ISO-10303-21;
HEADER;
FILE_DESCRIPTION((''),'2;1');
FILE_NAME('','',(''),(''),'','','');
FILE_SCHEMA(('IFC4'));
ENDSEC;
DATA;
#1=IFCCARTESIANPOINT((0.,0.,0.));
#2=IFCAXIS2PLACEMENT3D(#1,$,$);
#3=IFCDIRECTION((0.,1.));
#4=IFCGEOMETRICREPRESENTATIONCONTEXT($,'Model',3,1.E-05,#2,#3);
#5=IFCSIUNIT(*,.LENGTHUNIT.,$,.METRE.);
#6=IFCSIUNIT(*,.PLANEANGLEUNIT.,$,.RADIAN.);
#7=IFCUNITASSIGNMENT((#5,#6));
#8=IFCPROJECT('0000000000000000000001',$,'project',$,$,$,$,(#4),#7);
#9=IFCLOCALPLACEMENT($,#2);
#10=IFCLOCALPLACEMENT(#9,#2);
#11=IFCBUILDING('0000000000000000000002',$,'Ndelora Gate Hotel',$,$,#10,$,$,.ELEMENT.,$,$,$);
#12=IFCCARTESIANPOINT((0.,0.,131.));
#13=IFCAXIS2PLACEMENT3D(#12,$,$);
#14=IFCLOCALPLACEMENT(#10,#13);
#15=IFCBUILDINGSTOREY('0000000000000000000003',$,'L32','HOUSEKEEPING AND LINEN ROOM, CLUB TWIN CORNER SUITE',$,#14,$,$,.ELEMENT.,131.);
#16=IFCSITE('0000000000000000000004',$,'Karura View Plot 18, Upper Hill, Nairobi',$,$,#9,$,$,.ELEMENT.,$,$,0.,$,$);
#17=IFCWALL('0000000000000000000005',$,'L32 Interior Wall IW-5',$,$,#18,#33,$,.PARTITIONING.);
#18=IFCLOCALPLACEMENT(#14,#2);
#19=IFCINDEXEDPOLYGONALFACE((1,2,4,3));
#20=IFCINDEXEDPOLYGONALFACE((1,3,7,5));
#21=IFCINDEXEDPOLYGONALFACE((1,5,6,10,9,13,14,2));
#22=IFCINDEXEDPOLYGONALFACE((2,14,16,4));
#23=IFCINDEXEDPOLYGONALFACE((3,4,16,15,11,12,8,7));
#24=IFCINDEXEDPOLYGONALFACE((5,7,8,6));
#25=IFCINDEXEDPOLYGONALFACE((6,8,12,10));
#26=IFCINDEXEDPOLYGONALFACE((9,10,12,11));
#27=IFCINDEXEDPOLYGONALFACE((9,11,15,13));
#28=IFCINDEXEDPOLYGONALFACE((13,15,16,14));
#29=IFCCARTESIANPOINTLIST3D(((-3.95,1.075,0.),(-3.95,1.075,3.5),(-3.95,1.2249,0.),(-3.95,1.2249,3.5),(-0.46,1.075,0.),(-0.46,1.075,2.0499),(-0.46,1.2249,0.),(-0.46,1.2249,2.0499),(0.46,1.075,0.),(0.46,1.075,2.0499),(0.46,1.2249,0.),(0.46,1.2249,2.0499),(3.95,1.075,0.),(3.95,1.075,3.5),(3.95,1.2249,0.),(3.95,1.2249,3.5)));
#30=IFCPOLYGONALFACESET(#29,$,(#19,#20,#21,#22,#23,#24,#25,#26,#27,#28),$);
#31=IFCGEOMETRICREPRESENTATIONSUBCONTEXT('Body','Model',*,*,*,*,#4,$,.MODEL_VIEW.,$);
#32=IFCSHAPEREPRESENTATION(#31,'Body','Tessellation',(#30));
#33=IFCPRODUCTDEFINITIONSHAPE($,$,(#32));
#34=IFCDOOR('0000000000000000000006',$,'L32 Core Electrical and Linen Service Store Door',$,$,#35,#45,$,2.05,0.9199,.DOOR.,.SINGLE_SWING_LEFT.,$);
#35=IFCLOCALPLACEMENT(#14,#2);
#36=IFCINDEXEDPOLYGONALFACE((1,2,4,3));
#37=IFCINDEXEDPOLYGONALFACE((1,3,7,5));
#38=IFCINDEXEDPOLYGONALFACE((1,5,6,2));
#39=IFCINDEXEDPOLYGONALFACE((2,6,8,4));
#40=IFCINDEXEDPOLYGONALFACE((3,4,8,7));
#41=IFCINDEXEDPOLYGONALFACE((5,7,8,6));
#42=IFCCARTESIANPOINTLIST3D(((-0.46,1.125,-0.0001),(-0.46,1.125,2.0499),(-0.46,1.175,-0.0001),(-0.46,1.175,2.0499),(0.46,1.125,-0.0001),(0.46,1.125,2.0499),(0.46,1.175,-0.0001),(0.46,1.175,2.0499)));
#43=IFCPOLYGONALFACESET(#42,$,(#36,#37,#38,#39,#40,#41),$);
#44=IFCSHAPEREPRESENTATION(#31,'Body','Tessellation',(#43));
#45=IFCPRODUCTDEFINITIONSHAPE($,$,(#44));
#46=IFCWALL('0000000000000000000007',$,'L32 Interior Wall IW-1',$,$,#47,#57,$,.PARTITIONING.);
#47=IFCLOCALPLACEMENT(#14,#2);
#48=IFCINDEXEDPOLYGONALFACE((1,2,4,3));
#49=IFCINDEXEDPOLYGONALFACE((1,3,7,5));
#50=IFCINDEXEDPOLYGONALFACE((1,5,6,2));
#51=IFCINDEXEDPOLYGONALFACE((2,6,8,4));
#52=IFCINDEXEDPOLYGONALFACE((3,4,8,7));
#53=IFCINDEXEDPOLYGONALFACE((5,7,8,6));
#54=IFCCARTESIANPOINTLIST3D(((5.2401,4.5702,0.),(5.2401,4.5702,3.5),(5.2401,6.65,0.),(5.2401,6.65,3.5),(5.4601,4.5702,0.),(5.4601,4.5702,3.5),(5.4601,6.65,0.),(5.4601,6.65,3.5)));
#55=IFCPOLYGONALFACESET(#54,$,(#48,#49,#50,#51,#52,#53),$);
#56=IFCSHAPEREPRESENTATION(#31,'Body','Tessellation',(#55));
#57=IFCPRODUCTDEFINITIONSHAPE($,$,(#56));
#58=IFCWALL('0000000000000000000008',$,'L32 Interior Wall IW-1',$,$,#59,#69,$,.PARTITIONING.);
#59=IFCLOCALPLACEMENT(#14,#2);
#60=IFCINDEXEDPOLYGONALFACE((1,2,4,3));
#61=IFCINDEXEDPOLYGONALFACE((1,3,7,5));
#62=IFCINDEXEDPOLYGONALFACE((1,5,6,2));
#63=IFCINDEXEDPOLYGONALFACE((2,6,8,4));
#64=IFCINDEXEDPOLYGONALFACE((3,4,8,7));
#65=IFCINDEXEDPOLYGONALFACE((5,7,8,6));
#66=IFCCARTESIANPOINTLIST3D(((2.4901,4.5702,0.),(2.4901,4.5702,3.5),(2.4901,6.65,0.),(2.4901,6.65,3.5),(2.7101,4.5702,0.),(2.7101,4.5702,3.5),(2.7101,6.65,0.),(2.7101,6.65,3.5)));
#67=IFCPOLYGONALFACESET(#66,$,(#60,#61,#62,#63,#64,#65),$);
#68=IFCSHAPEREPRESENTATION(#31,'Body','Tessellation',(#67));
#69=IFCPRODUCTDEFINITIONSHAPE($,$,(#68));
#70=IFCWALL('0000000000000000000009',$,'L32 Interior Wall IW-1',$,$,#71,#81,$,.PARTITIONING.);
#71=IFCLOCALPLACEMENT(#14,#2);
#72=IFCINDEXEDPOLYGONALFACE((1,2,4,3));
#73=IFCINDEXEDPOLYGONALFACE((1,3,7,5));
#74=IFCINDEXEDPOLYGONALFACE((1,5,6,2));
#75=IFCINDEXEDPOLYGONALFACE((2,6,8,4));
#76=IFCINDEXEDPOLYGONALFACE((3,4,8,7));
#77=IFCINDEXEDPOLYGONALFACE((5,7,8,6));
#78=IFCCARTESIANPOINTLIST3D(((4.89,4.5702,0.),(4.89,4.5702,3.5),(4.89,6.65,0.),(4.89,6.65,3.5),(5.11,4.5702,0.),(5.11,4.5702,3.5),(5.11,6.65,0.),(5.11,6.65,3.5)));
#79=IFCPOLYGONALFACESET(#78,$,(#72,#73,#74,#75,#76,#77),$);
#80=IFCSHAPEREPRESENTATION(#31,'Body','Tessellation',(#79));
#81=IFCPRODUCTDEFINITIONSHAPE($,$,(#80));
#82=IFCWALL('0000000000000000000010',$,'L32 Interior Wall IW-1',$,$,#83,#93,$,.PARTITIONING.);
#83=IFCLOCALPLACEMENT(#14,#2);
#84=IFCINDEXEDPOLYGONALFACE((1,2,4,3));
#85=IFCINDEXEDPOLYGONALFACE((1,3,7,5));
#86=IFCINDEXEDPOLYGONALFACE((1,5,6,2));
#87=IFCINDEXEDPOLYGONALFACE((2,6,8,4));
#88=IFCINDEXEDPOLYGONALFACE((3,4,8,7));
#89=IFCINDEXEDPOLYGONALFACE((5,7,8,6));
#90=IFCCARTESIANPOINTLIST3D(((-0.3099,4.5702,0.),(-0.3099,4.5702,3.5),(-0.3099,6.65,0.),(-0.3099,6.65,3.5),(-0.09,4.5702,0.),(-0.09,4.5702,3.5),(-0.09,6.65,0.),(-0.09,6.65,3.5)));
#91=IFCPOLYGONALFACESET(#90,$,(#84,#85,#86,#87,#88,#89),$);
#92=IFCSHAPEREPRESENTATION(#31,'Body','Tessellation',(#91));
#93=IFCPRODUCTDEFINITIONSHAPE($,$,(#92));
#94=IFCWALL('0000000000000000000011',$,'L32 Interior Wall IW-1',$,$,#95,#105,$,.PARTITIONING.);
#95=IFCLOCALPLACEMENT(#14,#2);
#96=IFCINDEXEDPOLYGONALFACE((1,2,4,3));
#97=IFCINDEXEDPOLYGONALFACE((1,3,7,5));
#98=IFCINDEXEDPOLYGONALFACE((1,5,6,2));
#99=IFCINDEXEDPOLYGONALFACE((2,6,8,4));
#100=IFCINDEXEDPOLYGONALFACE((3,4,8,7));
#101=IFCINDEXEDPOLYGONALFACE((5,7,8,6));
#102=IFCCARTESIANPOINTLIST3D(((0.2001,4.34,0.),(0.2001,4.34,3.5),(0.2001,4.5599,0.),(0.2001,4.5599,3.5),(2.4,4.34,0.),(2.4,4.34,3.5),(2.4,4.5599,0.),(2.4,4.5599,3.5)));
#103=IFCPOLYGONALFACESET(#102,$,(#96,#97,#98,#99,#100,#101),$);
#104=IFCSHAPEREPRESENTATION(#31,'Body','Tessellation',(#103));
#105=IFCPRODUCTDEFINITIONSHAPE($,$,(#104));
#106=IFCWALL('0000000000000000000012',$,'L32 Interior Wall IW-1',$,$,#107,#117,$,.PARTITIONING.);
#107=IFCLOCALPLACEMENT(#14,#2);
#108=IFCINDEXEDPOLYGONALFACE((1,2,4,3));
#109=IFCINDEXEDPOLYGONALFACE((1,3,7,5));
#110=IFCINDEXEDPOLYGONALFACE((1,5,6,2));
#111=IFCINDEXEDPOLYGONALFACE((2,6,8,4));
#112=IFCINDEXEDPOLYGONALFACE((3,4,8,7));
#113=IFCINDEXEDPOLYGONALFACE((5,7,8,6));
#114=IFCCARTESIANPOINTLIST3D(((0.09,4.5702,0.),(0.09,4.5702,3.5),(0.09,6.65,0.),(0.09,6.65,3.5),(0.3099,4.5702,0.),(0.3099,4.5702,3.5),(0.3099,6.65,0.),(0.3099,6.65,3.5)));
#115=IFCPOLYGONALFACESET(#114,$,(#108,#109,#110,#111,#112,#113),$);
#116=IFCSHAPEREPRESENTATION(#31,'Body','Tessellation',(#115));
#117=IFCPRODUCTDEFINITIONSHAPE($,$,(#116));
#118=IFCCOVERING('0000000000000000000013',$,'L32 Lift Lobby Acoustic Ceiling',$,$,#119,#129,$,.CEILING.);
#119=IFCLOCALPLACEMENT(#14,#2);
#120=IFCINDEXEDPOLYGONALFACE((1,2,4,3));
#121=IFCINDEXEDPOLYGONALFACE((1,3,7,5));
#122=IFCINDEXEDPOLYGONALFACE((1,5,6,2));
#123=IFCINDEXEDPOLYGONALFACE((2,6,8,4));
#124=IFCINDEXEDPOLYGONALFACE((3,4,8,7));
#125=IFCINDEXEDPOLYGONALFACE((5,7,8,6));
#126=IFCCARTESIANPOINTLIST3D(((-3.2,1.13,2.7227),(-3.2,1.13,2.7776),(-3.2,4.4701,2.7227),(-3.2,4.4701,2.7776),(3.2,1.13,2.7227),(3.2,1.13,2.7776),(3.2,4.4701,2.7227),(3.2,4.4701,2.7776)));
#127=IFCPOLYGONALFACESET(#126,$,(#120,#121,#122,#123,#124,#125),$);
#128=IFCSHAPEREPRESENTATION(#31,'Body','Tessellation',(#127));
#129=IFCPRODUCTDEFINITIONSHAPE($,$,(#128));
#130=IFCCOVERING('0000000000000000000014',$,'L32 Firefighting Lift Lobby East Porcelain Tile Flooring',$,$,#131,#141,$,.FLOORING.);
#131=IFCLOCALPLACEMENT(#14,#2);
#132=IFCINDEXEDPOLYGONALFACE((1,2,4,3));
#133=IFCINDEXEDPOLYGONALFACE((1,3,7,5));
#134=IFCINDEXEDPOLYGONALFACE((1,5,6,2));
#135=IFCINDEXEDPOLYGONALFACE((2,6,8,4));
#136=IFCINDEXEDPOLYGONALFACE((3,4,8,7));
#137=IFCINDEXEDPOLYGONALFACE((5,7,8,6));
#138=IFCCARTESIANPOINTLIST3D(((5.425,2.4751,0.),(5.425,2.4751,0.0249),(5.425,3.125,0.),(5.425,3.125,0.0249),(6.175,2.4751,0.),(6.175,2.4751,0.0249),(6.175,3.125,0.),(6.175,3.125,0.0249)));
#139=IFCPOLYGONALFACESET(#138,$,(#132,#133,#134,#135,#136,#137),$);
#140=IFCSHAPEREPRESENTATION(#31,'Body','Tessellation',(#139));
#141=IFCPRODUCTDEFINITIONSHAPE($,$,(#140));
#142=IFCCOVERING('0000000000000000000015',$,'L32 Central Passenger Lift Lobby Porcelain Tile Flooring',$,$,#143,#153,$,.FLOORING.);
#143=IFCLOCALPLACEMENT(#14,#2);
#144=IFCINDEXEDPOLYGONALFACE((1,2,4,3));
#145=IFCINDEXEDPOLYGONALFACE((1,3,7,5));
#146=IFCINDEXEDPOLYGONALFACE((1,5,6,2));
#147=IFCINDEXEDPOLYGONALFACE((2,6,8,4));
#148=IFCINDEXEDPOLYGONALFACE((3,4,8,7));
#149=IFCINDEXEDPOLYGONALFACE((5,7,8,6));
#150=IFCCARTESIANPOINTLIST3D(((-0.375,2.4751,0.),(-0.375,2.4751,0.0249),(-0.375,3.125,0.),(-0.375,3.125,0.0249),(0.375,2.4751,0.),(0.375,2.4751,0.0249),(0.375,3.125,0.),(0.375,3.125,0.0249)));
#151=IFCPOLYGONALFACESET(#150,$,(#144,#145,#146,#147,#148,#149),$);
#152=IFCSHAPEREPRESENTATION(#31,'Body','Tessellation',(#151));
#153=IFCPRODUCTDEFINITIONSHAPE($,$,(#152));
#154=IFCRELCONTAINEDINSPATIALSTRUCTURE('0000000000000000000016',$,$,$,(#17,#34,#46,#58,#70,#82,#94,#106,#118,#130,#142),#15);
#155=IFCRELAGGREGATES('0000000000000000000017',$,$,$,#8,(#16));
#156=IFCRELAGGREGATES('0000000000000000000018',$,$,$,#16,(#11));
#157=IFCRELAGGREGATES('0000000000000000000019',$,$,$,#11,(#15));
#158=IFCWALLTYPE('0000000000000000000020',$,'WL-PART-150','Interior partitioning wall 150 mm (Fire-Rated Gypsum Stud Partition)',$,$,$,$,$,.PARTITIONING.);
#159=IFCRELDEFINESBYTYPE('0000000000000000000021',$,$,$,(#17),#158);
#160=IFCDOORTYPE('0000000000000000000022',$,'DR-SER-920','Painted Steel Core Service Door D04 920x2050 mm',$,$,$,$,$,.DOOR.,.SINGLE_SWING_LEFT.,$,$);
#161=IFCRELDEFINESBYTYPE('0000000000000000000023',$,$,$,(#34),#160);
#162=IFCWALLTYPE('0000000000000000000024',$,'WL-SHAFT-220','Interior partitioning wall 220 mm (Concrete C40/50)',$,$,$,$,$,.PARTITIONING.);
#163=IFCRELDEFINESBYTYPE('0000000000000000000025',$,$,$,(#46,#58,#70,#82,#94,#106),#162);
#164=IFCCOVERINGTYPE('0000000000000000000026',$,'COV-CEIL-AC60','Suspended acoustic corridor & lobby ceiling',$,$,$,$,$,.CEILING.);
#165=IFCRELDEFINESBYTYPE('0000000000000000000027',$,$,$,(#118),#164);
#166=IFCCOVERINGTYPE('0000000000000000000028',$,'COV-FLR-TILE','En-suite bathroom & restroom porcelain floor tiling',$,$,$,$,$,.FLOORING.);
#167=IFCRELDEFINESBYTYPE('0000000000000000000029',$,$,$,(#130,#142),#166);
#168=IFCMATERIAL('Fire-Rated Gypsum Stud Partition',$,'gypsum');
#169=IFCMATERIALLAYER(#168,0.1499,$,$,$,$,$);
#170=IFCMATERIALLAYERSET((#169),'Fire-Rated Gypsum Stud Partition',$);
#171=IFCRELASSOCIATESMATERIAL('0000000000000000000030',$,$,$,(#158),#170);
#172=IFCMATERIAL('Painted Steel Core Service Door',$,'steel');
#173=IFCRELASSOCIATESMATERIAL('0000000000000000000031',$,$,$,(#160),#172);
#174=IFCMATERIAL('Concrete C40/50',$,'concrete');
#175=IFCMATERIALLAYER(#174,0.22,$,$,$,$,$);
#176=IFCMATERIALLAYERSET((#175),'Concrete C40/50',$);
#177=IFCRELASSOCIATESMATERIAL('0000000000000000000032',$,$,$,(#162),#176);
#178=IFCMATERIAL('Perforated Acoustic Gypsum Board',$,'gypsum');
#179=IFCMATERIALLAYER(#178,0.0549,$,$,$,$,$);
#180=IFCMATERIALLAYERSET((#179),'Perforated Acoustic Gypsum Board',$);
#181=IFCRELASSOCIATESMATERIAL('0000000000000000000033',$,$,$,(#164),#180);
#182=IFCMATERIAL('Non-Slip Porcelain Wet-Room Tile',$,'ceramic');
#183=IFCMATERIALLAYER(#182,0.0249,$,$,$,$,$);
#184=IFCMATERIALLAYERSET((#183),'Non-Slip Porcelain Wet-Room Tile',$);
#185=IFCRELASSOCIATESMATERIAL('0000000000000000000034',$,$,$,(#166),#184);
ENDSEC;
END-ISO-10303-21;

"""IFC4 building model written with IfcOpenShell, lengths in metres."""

from ifc_helpers import new_model, si_unit, direction, frame, frame_2d, origin, origin_2d, place, context, subcontext, project, spatial, rectangle, extrude, material, layer, layer_set, type_object, element, fill, save


model = new_model("IFC4")

# Units and contexts
model_context = context("Model", 3, precision=1e-05, world=origin(), true_north=direction((0.0, 1.0)))
body_context = subcontext(model_context, "Body", "Model", "MODEL_VIEW")
ifc_project = project(units=[si_unit("LENGTHUNIT", "METRE"), si_unit("PLANEANGLEUNIT", "RADIAN")], contexts=[model_context])

# Site, building, storey
site_placement = place(None, origin())
site = spatial("IfcSite", under=ifc_project, at=site_placement, Name="Karura View Plot 18, Upper Hill, Nairobi", CompositionType="ELEMENT", RefElevation=0.0)
building_placement = place(site_placement, origin())
building = spatial("IfcBuilding", under=site, at=building_placement, Name="Ndelora Gate Hotel", CompositionType="ELEMENT")
storey_placement = place(building_placement, frame((0.0, 0.0, 131.0)))
storey = spatial("IfcBuildingStorey", under=building, at=storey_placement, Name="L32", Description="HOUSEKEEPING AND LINEN ROOM, CLUB TWIN CORNER SUITE", CompositionType="ELEMENT", Elevation=131.0)

# Shared definitions
ifc_material_1 = material(Name="Concrete C40/50", Category="concrete")

# Wall, opening, door
ifc_material_2 = material(Name="Fire-Rated Gypsum Stud Partition", Category="gypsum")
ifc_layer_1 = layer(ifc_material_2, 0.1499)
ifc_layer_set_1 = layer_set([ifc_layer_1], Name="Fire-Rated Gypsum Stud Partition")
wall_type_1 = type_object("IfcWallType", Name="WL-PART-150", Description="Interior partitioning wall 150 mm (Fire-Rated Gypsum Stud Partition)", PredefinedType="PARTITIONING", material=ifc_layer_set_1)
wall_1_placement = place(storey_placement, frame((3.95, 1.1499, 0.0), z_axis=(0.0, 0.0, 1.0), x_axis=(-1.0, 0.0, 0.0)))
wall_1 = element("IfcWall", 1, at=wall_1_placement, inside=storey, type_object=wall_type_1, Name="L32 Interior Wall IW-5", PredefinedType="PARTITIONING", context=body_context, shape_type="SweptSolid", body=[
    extrude(rectangle(XDim=7.8999, YDim=0.1499, at=frame_2d((3.95, 0.0))), origin(), (0.0, 0.0, 1.0), 3.5),
])
opening_1_placement = place(wall_1_placement, frame((3.49, 0.0, 0.0)))
opening_1 = element("IfcOpeningElement", 2, at=opening_1_placement, cuts=wall_1, PredefinedType="OPENING", context=body_context, shape_type="SweptSolid", body=[
    extrude(rectangle(XDim=0.9199, YDim=2.05, at=frame_2d((0.46, 1.0249))), frame((0.0, 0.085, 0.0), z_axis=(0.0, -1.0, 0.0), x_axis=(1.0, 0.0, 0.0)), (0.0, 0.0, 1.0), 0.1699),
])
ifc_material_3 = material(Name="Painted Steel Core Service Door", Category="steel")
door_type_1 = type_object("IfcDoorType", Name="DR-SER-920", Description="Painted Steel Core Service Door D04 920x2050 mm", OperationType="SINGLE_SWING_LEFT", PredefinedType="DOOR", material=ifc_material_3)
door_1_placement = place(opening_1_placement, origin())
door_1 = element("IfcDoor", 3, at=door_1_placement, inside=storey, type_object=door_type_1, Name="L32 Core Electrical and Linen Service Store Door", OperationType="SINGLE_SWING_LEFT", OverallHeight=2.05, OverallWidth=0.9199, PredefinedType="DOOR", context=body_context, shape_type="SweptSolid", body=[
    extrude(rectangle(XDim=0.9199, YDim=2.05, at=frame_2d((0.46, 1.0249))), frame((0.0, 0.0249, 0.0), z_axis=(0.0, -1.0, 0.0), x_axis=(1.0, 0.0, 0.0)), (0.0, 0.0, 1.0), 0.05),
])
fill(opening_1, door_1)
ifc_layer_2 = layer(ifc_material_1, 0.22)
ifc_layer_set_2 = layer_set([ifc_layer_2], Name="Concrete C40/50")
wall_type_2 = type_object("IfcWallType", Name="WL-SHAFT-220", Description="Interior partitioning wall 220 mm (Concrete C40/50)", PredefinedType="PARTITIONING", material=ifc_layer_set_2)

# Wall
wall_2_placement = place(storey_placement, frame((5.3501, 4.5701, 0.0), z_axis=(0.0, 0.0, 1.0), x_axis=(0.0, 1.0, 0.0)))
element("IfcWall", 4, at=wall_2_placement, inside=storey, type_object=wall_type_2, Name="L32 Interior Wall IW-1", PredefinedType="PARTITIONING", context=body_context, shape_type="SweptSolid", body=[
    extrude(rectangle(XDim=2.0798, YDim=0.22, at=frame_2d((1.04, 0.0))), origin(), (0.0, 0.0, 1.0), 3.5),
])

# Walls
for number, where, z_axis, x_axis, name in (
    (5, (2.6001, 4.5701, 0.0), (0.0, 0.0, 1.0), (0.0, 1.0, 0.0), "L32 Interior Wall IW-1"),
    (6, (5.0, 4.5701, 0.0), (0.0, 0.0, 1.0), (0.0, 1.0, 0.0), "L32 Interior Wall IW-1"),
    (7, (-0.2, 4.5701, 0.0), (0.0, 0.0, 1.0), (0.0, 1.0, 0.0), "L32 Interior Wall IW-1"),
):
    element("IfcWall", number, at=place(storey_placement, frame(where, z_axis=z_axis, x_axis=x_axis)), inside=storey, type_object=wall_type_2, Name=name, PredefinedType="PARTITIONING", context=body_context, shape_type="SweptSolid", body=[
        extrude(rectangle(XDim=2.0798, YDim=0.22, at=frame_2d((1.04, 0.0))), origin(), (0.0, 0.0, 1.0), 3.5),
    ])
wall_3_placement = place(storey_placement, frame((0.2, 4.45, 0.0), z_axis=(0.0, 0.0, 1.0), x_axis=(1.0, 0.0, 0.0)))
element("IfcWall", 8, at=wall_3_placement, inside=storey, type_object=wall_type_2, Name="L32 Interior Wall IW-1", PredefinedType="PARTITIONING", context=body_context, shape_type="SweptSolid", body=[
    extrude(rectangle(XDim=2.2, YDim=0.22, at=frame_2d((1.1001, 0.0))), origin(), (0.0, 0.0, 1.0), 3.5),
])
wall_4_placement = place(storey_placement, frame((0.2, 4.5701, 0.0), z_axis=(0.0, 0.0, 1.0), x_axis=(0.0, 1.0, 0.0)))
element("IfcWall", 9, at=wall_4_placement, inside=storey, type_object=wall_type_2, Name="L32 Interior Wall IW-1", PredefinedType="PARTITIONING", context=body_context, shape_type="SweptSolid", body=[
    extrude(rectangle(XDim=2.0798, YDim=0.22, at=frame_2d((1.04, 0.0))), origin(), (0.0, 0.0, 1.0), 3.5),
])

# Coverings
ifc_material_4 = material(Name="Perforated Acoustic Gypsum Board", Category="gypsum")
ifc_layer_3 = layer(ifc_material_4, 0.0549)
ifc_layer_set_3 = layer_set([ifc_layer_3], Name="Perforated Acoustic Gypsum Board")
covering_type_1 = type_object("IfcCoveringType", Name="COV-CEIL-AC60", Description="Suspended acoustic corridor & lobby ceiling", PredefinedType="CEILING", material=ifc_layer_set_3)
covering_placement = place(storey_placement, frame((0.0, 2.8, 2.7227), z_axis=(0.0, 0.0, 1.0), x_axis=(1.0, 0.0, 0.0)))
element("IfcCovering", 10, at=covering_placement, inside=storey, type_object=covering_type_1, Name="L32 Lift Lobby Acoustic Ceiling", PredefinedType="CEILING", context=body_context, shape_type="SweptSolid", body=[
    extrude(rectangle(XDim=6.3999, YDim=3.3401, at=origin_2d()), origin(), (0.0, 0.0, 1.0), 0.0549),
])
ifc_material_5 = material(Name="Non-Slip Porcelain Wet-Room Tile", Category="ceramic")
ifc_layer_4 = layer(ifc_material_5, 0.0249)
ifc_layer_set_4 = layer_set([ifc_layer_4], Name="Non-Slip Porcelain Wet-Room Tile")
covering_type_2 = type_object("IfcCoveringType", Name="COV-FLR-TILE", Description="En-suite bathroom & restroom porcelain floor tiling", PredefinedType="FLOORING", material=ifc_layer_set_4)
for number, where, z_axis, x_axis, name in (
    (11, (5.8, 2.8, 0.0), (0.0, 0.0, 1.0), (1.0, 0.0, 0.0), "L32 Firefighting Lift Lobby East Porcelain Tile Flooring"),
    (12, (0.0, 2.8, 0.0), (0.0, 0.0, 1.0), (1.0, 0.0, 0.0), "L32 Central Passenger Lift Lobby Porcelain Tile Flooring"),
):
    element("IfcCovering", number, at=place(storey_placement, frame(where, z_axis=z_axis, x_axis=x_axis)), inside=storey, type_object=covering_type_2, Name=name, PredefinedType="FLOORING", context=body_context, shape_type="SweptSolid", body=[
        extrude(rectangle(XDim=0.75, YDim=0.6499, at=origin_2d()), origin(), (0.0, 0.0, 1.0), 0.0249),
    ])

save(model, "model.ifc")
